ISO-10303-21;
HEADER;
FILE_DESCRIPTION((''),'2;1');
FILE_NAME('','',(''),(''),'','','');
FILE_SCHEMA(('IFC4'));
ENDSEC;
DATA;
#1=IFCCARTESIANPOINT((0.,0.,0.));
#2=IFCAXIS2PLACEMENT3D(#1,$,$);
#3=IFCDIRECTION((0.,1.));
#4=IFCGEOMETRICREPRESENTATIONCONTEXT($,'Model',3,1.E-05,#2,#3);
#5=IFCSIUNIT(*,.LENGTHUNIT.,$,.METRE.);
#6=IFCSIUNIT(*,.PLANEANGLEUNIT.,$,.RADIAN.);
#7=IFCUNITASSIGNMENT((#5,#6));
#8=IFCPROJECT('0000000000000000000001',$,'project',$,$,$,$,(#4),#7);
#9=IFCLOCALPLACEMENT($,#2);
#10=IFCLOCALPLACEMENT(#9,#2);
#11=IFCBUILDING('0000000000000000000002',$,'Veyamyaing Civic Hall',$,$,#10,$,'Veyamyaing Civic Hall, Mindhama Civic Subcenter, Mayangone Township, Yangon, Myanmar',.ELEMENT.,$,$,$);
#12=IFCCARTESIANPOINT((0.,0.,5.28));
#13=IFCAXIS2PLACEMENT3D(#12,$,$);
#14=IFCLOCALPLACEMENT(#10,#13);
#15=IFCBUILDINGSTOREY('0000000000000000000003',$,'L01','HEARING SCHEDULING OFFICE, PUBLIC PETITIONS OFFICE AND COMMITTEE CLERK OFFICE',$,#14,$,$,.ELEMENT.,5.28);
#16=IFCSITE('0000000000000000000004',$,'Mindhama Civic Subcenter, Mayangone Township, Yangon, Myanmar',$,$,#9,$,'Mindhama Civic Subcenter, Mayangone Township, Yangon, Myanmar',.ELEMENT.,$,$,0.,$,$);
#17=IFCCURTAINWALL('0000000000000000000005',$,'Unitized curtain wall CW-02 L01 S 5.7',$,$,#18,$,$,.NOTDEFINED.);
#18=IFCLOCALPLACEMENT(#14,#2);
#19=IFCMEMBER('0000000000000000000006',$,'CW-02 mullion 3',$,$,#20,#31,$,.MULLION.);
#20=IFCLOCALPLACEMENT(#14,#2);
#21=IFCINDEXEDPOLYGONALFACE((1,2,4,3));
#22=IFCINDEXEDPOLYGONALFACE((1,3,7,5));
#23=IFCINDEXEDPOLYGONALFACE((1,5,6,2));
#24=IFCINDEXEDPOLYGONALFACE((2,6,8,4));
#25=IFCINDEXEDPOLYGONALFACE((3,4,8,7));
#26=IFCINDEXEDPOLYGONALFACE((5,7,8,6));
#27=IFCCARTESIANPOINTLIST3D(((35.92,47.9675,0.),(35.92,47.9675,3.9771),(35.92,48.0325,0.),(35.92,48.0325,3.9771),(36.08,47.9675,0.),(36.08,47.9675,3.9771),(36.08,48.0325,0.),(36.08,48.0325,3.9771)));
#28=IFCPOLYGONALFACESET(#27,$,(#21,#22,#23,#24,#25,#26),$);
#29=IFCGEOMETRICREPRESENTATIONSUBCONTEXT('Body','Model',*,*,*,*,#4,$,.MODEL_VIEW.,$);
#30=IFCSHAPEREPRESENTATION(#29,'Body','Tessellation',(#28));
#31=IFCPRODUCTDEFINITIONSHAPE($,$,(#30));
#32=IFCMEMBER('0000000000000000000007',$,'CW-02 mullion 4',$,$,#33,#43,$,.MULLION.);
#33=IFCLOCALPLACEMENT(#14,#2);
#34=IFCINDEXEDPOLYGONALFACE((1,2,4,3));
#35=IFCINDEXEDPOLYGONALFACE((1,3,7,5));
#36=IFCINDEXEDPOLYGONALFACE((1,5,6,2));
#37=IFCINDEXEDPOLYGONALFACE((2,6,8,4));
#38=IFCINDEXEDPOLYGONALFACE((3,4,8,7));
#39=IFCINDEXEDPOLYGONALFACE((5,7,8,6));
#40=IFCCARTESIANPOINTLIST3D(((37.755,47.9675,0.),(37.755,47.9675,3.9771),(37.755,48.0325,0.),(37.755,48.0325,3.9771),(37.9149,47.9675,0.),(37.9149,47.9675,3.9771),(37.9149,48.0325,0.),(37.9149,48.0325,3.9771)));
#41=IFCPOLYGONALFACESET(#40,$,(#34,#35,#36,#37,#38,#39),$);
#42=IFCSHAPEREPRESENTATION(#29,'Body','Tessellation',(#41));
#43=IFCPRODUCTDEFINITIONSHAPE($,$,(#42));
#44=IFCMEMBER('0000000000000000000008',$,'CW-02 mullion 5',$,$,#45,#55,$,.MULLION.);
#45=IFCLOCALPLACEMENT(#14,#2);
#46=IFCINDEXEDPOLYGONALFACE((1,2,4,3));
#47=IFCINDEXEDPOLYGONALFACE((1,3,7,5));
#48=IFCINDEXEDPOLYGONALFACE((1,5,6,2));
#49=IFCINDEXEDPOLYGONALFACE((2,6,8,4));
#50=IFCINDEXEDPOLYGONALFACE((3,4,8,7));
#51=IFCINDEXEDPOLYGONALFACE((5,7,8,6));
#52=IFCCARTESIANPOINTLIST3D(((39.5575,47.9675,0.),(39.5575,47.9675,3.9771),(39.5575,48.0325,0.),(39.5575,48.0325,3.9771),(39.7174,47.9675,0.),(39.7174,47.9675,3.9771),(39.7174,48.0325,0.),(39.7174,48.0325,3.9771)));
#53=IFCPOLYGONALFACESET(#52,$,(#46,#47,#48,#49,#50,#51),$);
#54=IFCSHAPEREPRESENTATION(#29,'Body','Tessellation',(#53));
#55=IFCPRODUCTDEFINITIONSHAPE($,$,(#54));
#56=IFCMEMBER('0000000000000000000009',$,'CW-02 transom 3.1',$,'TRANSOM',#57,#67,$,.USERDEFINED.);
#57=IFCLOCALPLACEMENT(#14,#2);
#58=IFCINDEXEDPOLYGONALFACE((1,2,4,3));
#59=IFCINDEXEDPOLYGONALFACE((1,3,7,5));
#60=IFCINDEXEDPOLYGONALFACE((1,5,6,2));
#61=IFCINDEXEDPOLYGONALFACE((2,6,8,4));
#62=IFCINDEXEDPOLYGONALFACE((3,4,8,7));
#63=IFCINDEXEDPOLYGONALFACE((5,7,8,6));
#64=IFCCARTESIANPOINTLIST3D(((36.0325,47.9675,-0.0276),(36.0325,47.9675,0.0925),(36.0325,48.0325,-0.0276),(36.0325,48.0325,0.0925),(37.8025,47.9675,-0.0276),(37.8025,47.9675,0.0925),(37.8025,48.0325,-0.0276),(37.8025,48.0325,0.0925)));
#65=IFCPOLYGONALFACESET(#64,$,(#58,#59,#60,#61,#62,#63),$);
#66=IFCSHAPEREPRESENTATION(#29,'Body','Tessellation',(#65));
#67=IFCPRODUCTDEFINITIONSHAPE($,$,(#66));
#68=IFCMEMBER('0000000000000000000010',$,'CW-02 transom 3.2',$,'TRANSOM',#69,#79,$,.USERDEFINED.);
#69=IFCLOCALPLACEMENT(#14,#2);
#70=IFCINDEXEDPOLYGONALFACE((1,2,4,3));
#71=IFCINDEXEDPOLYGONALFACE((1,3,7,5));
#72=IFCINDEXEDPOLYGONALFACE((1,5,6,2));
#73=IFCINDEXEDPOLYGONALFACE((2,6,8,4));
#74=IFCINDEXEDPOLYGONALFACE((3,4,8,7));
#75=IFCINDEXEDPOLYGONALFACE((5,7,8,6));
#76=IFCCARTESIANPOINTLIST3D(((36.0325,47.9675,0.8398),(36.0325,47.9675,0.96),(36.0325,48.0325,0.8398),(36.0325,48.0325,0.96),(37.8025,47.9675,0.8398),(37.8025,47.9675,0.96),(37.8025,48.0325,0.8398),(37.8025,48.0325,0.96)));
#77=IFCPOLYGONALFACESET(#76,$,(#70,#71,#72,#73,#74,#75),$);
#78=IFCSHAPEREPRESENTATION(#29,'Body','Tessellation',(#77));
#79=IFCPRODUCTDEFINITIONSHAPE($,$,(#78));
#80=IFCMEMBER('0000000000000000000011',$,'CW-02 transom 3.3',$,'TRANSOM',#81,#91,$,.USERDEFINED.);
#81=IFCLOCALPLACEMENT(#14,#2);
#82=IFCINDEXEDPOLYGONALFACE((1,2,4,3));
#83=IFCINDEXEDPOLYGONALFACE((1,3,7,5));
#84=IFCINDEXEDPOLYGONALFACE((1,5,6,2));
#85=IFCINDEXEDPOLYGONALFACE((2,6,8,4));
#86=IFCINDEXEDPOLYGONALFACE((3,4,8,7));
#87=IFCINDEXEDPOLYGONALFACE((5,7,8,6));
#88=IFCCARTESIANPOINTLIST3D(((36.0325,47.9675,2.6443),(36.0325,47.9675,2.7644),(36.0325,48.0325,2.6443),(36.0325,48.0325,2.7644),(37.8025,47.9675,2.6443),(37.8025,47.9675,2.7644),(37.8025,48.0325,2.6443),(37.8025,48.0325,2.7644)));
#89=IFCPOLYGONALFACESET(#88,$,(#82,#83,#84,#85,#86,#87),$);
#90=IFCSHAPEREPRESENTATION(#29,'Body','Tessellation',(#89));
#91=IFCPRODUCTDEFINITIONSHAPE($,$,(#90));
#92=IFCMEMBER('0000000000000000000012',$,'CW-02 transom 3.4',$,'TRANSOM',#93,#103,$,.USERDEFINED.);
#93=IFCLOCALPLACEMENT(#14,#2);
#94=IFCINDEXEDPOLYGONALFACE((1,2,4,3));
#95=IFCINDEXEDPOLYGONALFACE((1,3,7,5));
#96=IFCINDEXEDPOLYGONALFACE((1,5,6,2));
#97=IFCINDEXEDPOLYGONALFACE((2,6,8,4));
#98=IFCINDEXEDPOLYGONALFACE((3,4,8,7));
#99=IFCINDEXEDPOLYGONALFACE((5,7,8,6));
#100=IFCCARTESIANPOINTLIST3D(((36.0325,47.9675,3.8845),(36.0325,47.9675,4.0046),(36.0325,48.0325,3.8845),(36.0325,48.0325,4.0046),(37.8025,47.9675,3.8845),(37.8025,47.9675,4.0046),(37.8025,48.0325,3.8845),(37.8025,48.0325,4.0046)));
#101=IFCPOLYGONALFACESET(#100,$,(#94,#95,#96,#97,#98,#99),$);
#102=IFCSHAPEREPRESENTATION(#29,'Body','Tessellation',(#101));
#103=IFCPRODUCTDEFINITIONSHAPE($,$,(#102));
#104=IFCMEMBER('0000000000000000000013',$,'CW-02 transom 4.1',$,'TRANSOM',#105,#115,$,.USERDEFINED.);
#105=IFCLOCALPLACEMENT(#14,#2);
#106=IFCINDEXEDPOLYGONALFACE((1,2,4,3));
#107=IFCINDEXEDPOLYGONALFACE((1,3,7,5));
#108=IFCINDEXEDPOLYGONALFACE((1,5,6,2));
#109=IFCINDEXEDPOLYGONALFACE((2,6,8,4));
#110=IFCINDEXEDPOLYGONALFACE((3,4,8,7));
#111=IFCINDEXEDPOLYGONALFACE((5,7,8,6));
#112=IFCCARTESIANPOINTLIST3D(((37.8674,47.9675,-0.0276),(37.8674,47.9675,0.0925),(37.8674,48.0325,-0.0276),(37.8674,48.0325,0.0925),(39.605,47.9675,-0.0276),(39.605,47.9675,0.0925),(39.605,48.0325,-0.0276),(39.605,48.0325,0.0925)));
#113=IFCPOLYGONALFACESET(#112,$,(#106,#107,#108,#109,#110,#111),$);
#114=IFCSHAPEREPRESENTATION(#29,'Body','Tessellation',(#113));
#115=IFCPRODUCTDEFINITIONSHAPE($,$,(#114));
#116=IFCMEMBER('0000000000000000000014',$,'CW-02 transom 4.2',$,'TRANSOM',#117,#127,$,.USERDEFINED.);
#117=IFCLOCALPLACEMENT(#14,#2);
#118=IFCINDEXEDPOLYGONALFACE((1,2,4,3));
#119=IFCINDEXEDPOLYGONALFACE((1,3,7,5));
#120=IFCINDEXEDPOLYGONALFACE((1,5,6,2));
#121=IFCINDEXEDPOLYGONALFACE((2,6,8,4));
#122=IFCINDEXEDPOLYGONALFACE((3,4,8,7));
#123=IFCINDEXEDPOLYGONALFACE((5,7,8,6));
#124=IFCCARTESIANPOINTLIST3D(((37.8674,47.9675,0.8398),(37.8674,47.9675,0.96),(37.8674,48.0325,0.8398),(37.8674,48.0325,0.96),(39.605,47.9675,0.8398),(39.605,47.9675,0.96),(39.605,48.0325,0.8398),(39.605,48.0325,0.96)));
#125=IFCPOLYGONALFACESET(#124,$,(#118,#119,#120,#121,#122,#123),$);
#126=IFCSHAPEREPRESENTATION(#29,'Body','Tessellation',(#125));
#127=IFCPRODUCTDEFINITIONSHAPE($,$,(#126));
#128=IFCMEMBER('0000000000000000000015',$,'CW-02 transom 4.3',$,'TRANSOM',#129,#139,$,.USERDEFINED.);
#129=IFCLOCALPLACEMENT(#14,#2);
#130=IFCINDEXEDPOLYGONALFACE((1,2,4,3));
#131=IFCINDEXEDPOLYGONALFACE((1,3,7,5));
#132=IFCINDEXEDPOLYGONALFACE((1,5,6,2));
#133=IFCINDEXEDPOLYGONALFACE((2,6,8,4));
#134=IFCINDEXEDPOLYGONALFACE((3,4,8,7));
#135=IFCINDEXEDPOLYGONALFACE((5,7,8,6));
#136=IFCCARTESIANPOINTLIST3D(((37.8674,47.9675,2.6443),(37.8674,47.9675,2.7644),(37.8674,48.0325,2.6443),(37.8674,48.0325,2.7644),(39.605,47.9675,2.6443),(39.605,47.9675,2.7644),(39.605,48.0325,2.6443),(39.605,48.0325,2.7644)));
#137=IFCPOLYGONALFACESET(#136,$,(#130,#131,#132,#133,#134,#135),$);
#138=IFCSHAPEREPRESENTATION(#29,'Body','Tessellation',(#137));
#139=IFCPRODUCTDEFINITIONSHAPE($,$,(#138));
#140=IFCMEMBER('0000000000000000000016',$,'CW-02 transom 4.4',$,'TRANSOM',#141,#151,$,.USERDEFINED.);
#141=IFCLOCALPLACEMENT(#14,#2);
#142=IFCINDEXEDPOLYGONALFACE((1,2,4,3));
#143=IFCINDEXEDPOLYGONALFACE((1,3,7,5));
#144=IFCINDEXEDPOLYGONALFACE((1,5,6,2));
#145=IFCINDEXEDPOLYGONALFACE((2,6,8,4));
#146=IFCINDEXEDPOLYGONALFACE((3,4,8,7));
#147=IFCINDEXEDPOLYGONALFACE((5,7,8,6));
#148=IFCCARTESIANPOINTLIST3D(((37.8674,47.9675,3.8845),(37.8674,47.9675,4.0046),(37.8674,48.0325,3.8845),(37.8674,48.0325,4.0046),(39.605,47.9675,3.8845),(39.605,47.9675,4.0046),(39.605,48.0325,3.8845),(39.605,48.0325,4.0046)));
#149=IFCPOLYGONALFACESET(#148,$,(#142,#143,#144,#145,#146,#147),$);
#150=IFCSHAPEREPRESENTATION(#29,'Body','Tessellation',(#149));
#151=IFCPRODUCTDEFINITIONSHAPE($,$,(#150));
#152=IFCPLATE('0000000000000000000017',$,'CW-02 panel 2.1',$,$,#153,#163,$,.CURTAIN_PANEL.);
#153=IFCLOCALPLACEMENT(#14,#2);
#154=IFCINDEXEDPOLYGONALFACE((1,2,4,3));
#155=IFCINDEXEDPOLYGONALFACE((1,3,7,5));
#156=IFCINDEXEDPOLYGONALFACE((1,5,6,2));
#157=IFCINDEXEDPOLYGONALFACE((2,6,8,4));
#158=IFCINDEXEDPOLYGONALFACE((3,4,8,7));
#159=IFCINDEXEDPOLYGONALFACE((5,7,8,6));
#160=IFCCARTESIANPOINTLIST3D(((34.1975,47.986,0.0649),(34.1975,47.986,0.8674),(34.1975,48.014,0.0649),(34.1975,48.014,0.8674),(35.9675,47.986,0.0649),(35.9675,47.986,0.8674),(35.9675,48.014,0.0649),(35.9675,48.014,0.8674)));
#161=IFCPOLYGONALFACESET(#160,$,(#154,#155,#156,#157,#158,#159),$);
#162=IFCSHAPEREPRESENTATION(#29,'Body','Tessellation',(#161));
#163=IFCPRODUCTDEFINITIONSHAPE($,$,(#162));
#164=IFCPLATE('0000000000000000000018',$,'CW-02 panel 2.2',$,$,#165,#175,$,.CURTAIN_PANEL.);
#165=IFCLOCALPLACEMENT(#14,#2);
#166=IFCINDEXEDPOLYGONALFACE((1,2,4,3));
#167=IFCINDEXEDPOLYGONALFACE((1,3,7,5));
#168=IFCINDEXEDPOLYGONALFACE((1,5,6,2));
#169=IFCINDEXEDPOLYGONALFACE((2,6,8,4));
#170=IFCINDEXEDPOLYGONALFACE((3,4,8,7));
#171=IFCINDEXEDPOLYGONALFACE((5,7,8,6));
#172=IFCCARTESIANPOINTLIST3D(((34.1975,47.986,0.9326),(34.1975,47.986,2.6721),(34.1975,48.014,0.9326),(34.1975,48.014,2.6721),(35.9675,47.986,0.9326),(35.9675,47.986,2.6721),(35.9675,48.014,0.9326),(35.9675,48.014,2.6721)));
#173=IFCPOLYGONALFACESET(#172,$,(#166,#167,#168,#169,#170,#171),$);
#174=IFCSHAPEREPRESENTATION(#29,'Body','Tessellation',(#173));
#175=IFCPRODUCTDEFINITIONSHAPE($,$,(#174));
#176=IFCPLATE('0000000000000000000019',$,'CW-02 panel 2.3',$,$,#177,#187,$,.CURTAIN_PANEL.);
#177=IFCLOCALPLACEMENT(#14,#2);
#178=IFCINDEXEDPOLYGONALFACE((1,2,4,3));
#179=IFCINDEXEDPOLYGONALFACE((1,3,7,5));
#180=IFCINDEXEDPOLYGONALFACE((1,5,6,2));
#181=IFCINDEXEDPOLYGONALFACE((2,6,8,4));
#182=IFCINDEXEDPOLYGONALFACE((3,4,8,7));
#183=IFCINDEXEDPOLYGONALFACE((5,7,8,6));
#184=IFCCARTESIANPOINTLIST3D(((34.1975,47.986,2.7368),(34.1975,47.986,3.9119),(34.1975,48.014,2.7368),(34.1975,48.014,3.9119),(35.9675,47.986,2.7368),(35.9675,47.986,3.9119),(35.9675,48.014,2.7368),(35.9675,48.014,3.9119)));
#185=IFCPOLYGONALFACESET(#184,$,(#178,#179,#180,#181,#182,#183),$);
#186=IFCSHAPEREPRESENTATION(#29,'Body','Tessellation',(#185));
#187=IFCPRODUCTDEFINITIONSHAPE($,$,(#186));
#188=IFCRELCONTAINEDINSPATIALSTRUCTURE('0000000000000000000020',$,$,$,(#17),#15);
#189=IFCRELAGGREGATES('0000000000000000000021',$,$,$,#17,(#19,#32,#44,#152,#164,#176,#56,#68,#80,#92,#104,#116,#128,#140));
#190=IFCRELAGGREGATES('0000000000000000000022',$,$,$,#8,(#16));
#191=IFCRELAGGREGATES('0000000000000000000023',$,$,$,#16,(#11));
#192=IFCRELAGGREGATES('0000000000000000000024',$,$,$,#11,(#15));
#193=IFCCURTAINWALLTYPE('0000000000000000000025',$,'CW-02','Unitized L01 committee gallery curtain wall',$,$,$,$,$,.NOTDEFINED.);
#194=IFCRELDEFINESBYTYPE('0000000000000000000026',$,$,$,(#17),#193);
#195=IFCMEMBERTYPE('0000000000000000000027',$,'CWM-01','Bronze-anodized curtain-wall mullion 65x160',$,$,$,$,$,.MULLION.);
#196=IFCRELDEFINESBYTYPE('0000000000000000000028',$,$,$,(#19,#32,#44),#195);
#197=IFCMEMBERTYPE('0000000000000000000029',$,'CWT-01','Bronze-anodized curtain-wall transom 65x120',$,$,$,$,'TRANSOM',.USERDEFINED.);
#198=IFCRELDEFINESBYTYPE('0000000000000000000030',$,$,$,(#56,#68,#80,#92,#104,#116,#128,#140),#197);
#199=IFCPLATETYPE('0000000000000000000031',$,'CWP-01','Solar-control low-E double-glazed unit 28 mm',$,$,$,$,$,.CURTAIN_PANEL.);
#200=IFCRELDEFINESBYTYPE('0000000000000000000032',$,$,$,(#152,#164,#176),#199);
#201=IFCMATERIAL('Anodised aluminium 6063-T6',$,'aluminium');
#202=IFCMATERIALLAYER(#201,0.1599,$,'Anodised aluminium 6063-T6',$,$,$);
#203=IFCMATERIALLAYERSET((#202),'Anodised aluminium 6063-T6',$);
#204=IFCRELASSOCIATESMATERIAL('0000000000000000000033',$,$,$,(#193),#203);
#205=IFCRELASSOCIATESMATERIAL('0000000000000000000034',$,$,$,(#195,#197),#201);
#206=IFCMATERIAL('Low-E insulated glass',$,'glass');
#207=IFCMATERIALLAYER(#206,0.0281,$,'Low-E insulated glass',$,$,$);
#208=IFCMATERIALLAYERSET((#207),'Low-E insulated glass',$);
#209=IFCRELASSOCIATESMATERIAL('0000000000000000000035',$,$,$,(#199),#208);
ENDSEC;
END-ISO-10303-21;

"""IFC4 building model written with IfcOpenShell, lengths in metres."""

from ifc_helpers import new_model, si_unit, direction, frame, origin, origin_2d, place, context, subcontext, project, spatial, rectangle, extrude, material, layer, layer_set, material_profile, profile_set, type_object, element, aggregate, save


model = new_model("IFC4")

# Units and contexts
model_context = context("Model", 3, precision=1e-05, world=origin(), true_north=direction((0.0, 1.0)))
body_context = subcontext(model_context, "Body", "Model", "MODEL_VIEW")
ifc_project = project(units=[si_unit("LENGTHUNIT", "METRE"), si_unit("PLANEANGLEUNIT", "RADIAN")], contexts=[model_context])

# Site, building, storey
site_placement = place(None, origin())
site = spatial("IfcSite", under=ifc_project, at=site_placement, Name="Mindhama Civic Subcenter, Mayangone Township, Yangon, Myanmar", LongName="Mindhama Civic Subcenter, Mayangone Township, Yangon, Myanmar", CompositionType="ELEMENT", RefElevation=0.0)
building_placement = place(site_placement, origin())
building = spatial("IfcBuilding", under=site, at=building_placement, Name="Veyamyaing Civic Hall", LongName="Veyamyaing Civic Hall, Mindhama Civic Subcenter, Mayangone Township, Yangon, Myanmar", CompositionType="ELEMENT")
storey_placement = place(building_placement, frame((0.0, 0.0, 5.28)))
storey = spatial("IfcBuildingStorey", under=building, at=storey_placement, Name="L01", Description="HEARING SCHEDULING OFFICE, PUBLIC PETITIONS OFFICE AND COMMITTEE CLERK OFFICE", CompositionType="ELEMENT", Elevation=5.28)

# Curtain wall, members, plates
ifc_material_1 = material(Name="Anodised aluminium 6063-T6", Category="aluminium")
ifc_layer_1 = layer(ifc_material_1, 0.1599, Name="Anodised aluminium 6063-T6")
ifc_layer_set_1 = layer_set([ifc_layer_1], Name="Anodised aluminium 6063-T6")
curtain_wall_type = type_object("IfcCurtainWallType", Name="CW-02", Description="Unitized L01 committee gallery curtain wall", PredefinedType="NOTDEFINED", material=ifc_layer_set_1)
curtain_wall_placement = place(storey_placement, origin())
curtain_wall = element("IfcCurtainWall", 1, at=curtain_wall_placement, inside=storey, type_object=curtain_wall_type, Name="Unitized curtain wall CW-02 L01 S 5.7", PredefinedType="NOTDEFINED")
ifc_material_profile_1 = material_profile(ifc_material_1, rectangle(XDim=0.0649, YDim=0.1599, at=origin_2d()), Name="ALU-MUL-65X160")
ifc_profile_set_1 = profile_set([ifc_material_profile_1], Name="Anodised aluminium 6063-T6")
member_type_1 = type_object("IfcMemberType", Name="CWM-01", Description="Bronze-anodized curtain-wall mullion 65x160", PredefinedType="MULLION", material=ifc_profile_set_1)
member_1_placement = place(storey_placement, frame((36.0, 48.0, 0.0), z_axis=(0.0, 0.0, 1.0), x_axis=(0.0, 1.0, 0.0)))
member_1 = element("IfcMember", 2, at=member_1_placement, type_object=member_type_1, Name="CW-02 mullion 3", PredefinedType="MULLION", context=body_context, shape_type="SweptSolid", body=[
    extrude(rectangle(XDim=0.0649, YDim=0.1599, at=origin_2d()), origin(), (0.0, 0.0, 1.0), 3.9771),
])
member_2_placement = place(storey_placement, frame((37.835, 48.0, 0.0), z_axis=(0.0, 0.0, 1.0), x_axis=(0.0, 1.0, 0.0)))
member_2 = element("IfcMember", 3, at=member_2_placement, type_object=member_type_1, Name="CW-02 mullion 4", PredefinedType="MULLION", context=body_context, shape_type="SweptSolid", body=[
    extrude(rectangle(XDim=0.0649, YDim=0.1599, at=origin_2d()), origin(), (0.0, 0.0, 1.0), 3.9771),
])
member_3_placement = place(storey_placement, frame((39.6375, 48.0, 0.0), z_axis=(0.0, 0.0, 1.0), x_axis=(0.0, 1.0, 0.0)))
member_3 = element("IfcMember", 4, at=member_3_placement, type_object=member_type_1, Name="CW-02 mullion 5", PredefinedType="MULLION", context=body_context, shape_type="SweptSolid", body=[
    extrude(rectangle(XDim=0.0649, YDim=0.1599, at=origin_2d()), origin(), (0.0, 0.0, 1.0), 3.9771),
])
ifc_material_profile_2 = material_profile(ifc_material_1, rectangle(XDim=0.0649, YDim=0.1201, at=origin_2d()), Name="ALU-TRN-65X120")
ifc_profile_set_2 = profile_set([ifc_material_profile_2], Name="Anodised aluminium 6063-T6")
member_type_2 = type_object("IfcMemberType", Name="CWT-01", Description="Bronze-anodized curtain-wall transom 65x120", ElementType="TRANSOM", PredefinedType="USERDEFINED", material=ifc_profile_set_2)
member_4_placement = place(storey_placement, frame((36.0325, 48.0, 0.0325), z_axis=(1.0, 0.0, 0.0), x_axis=(0.0, 1.0, 0.0)))
member_4 = element("IfcMember", 5, at=member_4_placement, type_object=member_type_2, Name="CW-02 transom 3.1", ObjectType="TRANSOM", PredefinedType="USERDEFINED", context=body_context, shape_type="SweptSolid", body=[
    extrude(rectangle(XDim=0.0649, YDim=0.1201, at=origin_2d()), origin(), (0.0, 0.0, 1.0), 1.77),
])
member_5_placement = place(storey_placement, frame((36.0325, 48.0, 0.8999), z_axis=(1.0, 0.0, 0.0), x_axis=(0.0, 1.0, 0.0)))
member_5 = element("IfcMember", 6, at=member_5_placement, type_object=member_type_2, Name="CW-02 transom 3.2", ObjectType="TRANSOM", PredefinedType="USERDEFINED", context=body_context, shape_type="SweptSolid", body=[
    extrude(rectangle(XDim=0.0649, YDim=0.1201, at=origin_2d()), origin(), (0.0, 0.0, 1.0), 1.77),
])
member_6_placement = place(storey_placement, frame((36.0325, 48.0, 2.7043), z_axis=(1.0, 0.0, 0.0), x_axis=(0.0, 1.0, 0.0)))
member_6 = element("IfcMember", 7, at=member_6_placement, type_object=member_type_2, Name="CW-02 transom 3.3", ObjectType="TRANSOM", PredefinedType="USERDEFINED", context=body_context, shape_type="SweptSolid", body=[
    extrude(rectangle(XDim=0.0649, YDim=0.1201, at=origin_2d()), origin(), (0.0, 0.0, 1.0), 1.77),
])
member_7_placement = place(storey_placement, frame((36.0325, 48.0, 3.9446), z_axis=(1.0, 0.0, 0.0), x_axis=(0.0, 1.0, 0.0)))
member_7 = element("IfcMember", 8, at=member_7_placement, type_object=member_type_2, Name="CW-02 transom 3.4", ObjectType="TRANSOM", PredefinedType="USERDEFINED", context=body_context, shape_type="SweptSolid", body=[
    extrude(rectangle(XDim=0.0649, YDim=0.1201, at=origin_2d()), origin(), (0.0, 0.0, 1.0), 1.77),
])
member_8_placement = place(storey_placement, frame((37.8674, 48.0, 0.0325), z_axis=(1.0, 0.0, 0.0), x_axis=(0.0, 1.0, 0.0)))
member_8 = element("IfcMember", 9, at=member_8_placement, type_object=member_type_2, Name="CW-02 transom 4.1", ObjectType="TRANSOM", PredefinedType="USERDEFINED", context=body_context, shape_type="SweptSolid", body=[
    extrude(rectangle(XDim=0.0649, YDim=0.1201, at=origin_2d()), origin(), (0.0, 0.0, 1.0), 1.7375),
])
member_9_placement = place(storey_placement, frame((37.8674, 48.0, 0.8999), z_axis=(1.0, 0.0, 0.0), x_axis=(0.0, 1.0, 0.0)))
member_9 = element("IfcMember", 10, at=member_9_placement, type_object=member_type_2, Name="CW-02 transom 4.2", ObjectType="TRANSOM", PredefinedType="USERDEFINED", context=body_context, shape_type="SweptSolid", body=[
    extrude(rectangle(XDim=0.0649, YDim=0.1201, at=origin_2d()), origin(), (0.0, 0.0, 1.0), 1.7375),
])
member_10_placement = place(storey_placement, frame((37.8674, 48.0, 2.7043), z_axis=(1.0, 0.0, 0.0), x_axis=(0.0, 1.0, 0.0)))
member_10 = element("IfcMember", 11, at=member_10_placement, type_object=member_type_2, Name="CW-02 transom 4.3", ObjectType="TRANSOM", PredefinedType="USERDEFINED", context=body_context, shape_type="SweptSolid", body=[
    extrude(rectangle(XDim=0.0649, YDim=0.1201, at=origin_2d()), origin(), (0.0, 0.0, 1.0), 1.7375),
])
member_11_placement = place(storey_placement, frame((37.8674, 48.0, 3.9446), z_axis=(1.0, 0.0, 0.0), x_axis=(0.0, 1.0, 0.0)))
member_11 = element("IfcMember", 12, at=member_11_placement, type_object=member_type_2, Name="CW-02 transom 4.4", ObjectType="TRANSOM", PredefinedType="USERDEFINED", context=body_context, shape_type="SweptSolid", body=[
    extrude(rectangle(XDim=0.0649, YDim=0.1201, at=origin_2d()), origin(), (0.0, 0.0, 1.0), 1.7375),
])
ifc_material_2 = material(Name="Low-E insulated glass", Category="glass")
ifc_layer_2 = layer(ifc_material_2, 0.0281, Name="Low-E insulated glass")
ifc_layer_set_2 = layer_set([ifc_layer_2], Name="Low-E insulated glass")
plate_type = type_object("IfcPlateType", Name="CWP-01", Description="Solar-control low-E double-glazed unit 28 mm", PredefinedType="CURTAIN_PANEL", material=ifc_layer_set_2)
plate_1_placement = place(storey_placement, frame((35.0825, 48.0, 0.0649), z_axis=(0.0, 0.0, 1.0), x_axis=(1.0, 0.0, 0.0)))
plate_1 = element("IfcPlate", 13, at=plate_1_placement, type_object=plate_type, Name="CW-02 panel 2.1", PredefinedType="CURTAIN_PANEL", context=body_context, shape_type="SweptSolid", body=[
    extrude(rectangle(XDim=1.77, YDim=0.0281, at=origin_2d()), origin(), (0.0, 0.0, 1.0), 0.8025),
])
plate_2_placement = place(storey_placement, frame((35.0825, 48.0, 0.9326), z_axis=(0.0, 0.0, 1.0), x_axis=(1.0, 0.0, 0.0)))
plate_2 = element("IfcPlate", 14, at=plate_2_placement, type_object=plate_type, Name="CW-02 panel 2.2", PredefinedType="CURTAIN_PANEL", context=body_context, shape_type="SweptSolid", body=[
    extrude(rectangle(XDim=1.77, YDim=0.0281, at=origin_2d()), origin(), (0.0, 0.0, 1.0), 1.7395),
])
plate_3_placement = place(storey_placement, frame((35.0825, 48.0, 2.7368), z_axis=(0.0, 0.0, 1.0), x_axis=(1.0, 0.0, 0.0)))
plate_3 = element("IfcPlate", 15, at=plate_3_placement, type_object=plate_type, Name="CW-02 panel 2.3", PredefinedType="CURTAIN_PANEL", context=body_context, shape_type="SweptSolid", body=[
    extrude(rectangle(XDim=1.77, YDim=0.0281, at=origin_2d()), origin(), (0.0, 0.0, 1.0), 1.175),
])
aggregate(curtain_wall, [member_1, member_2, member_3, plate_1, plate_2, plate_3, member_4, member_5, member_6, member_7, member_8, member_9, member_10, member_11])

save(model, "model.ifc")
